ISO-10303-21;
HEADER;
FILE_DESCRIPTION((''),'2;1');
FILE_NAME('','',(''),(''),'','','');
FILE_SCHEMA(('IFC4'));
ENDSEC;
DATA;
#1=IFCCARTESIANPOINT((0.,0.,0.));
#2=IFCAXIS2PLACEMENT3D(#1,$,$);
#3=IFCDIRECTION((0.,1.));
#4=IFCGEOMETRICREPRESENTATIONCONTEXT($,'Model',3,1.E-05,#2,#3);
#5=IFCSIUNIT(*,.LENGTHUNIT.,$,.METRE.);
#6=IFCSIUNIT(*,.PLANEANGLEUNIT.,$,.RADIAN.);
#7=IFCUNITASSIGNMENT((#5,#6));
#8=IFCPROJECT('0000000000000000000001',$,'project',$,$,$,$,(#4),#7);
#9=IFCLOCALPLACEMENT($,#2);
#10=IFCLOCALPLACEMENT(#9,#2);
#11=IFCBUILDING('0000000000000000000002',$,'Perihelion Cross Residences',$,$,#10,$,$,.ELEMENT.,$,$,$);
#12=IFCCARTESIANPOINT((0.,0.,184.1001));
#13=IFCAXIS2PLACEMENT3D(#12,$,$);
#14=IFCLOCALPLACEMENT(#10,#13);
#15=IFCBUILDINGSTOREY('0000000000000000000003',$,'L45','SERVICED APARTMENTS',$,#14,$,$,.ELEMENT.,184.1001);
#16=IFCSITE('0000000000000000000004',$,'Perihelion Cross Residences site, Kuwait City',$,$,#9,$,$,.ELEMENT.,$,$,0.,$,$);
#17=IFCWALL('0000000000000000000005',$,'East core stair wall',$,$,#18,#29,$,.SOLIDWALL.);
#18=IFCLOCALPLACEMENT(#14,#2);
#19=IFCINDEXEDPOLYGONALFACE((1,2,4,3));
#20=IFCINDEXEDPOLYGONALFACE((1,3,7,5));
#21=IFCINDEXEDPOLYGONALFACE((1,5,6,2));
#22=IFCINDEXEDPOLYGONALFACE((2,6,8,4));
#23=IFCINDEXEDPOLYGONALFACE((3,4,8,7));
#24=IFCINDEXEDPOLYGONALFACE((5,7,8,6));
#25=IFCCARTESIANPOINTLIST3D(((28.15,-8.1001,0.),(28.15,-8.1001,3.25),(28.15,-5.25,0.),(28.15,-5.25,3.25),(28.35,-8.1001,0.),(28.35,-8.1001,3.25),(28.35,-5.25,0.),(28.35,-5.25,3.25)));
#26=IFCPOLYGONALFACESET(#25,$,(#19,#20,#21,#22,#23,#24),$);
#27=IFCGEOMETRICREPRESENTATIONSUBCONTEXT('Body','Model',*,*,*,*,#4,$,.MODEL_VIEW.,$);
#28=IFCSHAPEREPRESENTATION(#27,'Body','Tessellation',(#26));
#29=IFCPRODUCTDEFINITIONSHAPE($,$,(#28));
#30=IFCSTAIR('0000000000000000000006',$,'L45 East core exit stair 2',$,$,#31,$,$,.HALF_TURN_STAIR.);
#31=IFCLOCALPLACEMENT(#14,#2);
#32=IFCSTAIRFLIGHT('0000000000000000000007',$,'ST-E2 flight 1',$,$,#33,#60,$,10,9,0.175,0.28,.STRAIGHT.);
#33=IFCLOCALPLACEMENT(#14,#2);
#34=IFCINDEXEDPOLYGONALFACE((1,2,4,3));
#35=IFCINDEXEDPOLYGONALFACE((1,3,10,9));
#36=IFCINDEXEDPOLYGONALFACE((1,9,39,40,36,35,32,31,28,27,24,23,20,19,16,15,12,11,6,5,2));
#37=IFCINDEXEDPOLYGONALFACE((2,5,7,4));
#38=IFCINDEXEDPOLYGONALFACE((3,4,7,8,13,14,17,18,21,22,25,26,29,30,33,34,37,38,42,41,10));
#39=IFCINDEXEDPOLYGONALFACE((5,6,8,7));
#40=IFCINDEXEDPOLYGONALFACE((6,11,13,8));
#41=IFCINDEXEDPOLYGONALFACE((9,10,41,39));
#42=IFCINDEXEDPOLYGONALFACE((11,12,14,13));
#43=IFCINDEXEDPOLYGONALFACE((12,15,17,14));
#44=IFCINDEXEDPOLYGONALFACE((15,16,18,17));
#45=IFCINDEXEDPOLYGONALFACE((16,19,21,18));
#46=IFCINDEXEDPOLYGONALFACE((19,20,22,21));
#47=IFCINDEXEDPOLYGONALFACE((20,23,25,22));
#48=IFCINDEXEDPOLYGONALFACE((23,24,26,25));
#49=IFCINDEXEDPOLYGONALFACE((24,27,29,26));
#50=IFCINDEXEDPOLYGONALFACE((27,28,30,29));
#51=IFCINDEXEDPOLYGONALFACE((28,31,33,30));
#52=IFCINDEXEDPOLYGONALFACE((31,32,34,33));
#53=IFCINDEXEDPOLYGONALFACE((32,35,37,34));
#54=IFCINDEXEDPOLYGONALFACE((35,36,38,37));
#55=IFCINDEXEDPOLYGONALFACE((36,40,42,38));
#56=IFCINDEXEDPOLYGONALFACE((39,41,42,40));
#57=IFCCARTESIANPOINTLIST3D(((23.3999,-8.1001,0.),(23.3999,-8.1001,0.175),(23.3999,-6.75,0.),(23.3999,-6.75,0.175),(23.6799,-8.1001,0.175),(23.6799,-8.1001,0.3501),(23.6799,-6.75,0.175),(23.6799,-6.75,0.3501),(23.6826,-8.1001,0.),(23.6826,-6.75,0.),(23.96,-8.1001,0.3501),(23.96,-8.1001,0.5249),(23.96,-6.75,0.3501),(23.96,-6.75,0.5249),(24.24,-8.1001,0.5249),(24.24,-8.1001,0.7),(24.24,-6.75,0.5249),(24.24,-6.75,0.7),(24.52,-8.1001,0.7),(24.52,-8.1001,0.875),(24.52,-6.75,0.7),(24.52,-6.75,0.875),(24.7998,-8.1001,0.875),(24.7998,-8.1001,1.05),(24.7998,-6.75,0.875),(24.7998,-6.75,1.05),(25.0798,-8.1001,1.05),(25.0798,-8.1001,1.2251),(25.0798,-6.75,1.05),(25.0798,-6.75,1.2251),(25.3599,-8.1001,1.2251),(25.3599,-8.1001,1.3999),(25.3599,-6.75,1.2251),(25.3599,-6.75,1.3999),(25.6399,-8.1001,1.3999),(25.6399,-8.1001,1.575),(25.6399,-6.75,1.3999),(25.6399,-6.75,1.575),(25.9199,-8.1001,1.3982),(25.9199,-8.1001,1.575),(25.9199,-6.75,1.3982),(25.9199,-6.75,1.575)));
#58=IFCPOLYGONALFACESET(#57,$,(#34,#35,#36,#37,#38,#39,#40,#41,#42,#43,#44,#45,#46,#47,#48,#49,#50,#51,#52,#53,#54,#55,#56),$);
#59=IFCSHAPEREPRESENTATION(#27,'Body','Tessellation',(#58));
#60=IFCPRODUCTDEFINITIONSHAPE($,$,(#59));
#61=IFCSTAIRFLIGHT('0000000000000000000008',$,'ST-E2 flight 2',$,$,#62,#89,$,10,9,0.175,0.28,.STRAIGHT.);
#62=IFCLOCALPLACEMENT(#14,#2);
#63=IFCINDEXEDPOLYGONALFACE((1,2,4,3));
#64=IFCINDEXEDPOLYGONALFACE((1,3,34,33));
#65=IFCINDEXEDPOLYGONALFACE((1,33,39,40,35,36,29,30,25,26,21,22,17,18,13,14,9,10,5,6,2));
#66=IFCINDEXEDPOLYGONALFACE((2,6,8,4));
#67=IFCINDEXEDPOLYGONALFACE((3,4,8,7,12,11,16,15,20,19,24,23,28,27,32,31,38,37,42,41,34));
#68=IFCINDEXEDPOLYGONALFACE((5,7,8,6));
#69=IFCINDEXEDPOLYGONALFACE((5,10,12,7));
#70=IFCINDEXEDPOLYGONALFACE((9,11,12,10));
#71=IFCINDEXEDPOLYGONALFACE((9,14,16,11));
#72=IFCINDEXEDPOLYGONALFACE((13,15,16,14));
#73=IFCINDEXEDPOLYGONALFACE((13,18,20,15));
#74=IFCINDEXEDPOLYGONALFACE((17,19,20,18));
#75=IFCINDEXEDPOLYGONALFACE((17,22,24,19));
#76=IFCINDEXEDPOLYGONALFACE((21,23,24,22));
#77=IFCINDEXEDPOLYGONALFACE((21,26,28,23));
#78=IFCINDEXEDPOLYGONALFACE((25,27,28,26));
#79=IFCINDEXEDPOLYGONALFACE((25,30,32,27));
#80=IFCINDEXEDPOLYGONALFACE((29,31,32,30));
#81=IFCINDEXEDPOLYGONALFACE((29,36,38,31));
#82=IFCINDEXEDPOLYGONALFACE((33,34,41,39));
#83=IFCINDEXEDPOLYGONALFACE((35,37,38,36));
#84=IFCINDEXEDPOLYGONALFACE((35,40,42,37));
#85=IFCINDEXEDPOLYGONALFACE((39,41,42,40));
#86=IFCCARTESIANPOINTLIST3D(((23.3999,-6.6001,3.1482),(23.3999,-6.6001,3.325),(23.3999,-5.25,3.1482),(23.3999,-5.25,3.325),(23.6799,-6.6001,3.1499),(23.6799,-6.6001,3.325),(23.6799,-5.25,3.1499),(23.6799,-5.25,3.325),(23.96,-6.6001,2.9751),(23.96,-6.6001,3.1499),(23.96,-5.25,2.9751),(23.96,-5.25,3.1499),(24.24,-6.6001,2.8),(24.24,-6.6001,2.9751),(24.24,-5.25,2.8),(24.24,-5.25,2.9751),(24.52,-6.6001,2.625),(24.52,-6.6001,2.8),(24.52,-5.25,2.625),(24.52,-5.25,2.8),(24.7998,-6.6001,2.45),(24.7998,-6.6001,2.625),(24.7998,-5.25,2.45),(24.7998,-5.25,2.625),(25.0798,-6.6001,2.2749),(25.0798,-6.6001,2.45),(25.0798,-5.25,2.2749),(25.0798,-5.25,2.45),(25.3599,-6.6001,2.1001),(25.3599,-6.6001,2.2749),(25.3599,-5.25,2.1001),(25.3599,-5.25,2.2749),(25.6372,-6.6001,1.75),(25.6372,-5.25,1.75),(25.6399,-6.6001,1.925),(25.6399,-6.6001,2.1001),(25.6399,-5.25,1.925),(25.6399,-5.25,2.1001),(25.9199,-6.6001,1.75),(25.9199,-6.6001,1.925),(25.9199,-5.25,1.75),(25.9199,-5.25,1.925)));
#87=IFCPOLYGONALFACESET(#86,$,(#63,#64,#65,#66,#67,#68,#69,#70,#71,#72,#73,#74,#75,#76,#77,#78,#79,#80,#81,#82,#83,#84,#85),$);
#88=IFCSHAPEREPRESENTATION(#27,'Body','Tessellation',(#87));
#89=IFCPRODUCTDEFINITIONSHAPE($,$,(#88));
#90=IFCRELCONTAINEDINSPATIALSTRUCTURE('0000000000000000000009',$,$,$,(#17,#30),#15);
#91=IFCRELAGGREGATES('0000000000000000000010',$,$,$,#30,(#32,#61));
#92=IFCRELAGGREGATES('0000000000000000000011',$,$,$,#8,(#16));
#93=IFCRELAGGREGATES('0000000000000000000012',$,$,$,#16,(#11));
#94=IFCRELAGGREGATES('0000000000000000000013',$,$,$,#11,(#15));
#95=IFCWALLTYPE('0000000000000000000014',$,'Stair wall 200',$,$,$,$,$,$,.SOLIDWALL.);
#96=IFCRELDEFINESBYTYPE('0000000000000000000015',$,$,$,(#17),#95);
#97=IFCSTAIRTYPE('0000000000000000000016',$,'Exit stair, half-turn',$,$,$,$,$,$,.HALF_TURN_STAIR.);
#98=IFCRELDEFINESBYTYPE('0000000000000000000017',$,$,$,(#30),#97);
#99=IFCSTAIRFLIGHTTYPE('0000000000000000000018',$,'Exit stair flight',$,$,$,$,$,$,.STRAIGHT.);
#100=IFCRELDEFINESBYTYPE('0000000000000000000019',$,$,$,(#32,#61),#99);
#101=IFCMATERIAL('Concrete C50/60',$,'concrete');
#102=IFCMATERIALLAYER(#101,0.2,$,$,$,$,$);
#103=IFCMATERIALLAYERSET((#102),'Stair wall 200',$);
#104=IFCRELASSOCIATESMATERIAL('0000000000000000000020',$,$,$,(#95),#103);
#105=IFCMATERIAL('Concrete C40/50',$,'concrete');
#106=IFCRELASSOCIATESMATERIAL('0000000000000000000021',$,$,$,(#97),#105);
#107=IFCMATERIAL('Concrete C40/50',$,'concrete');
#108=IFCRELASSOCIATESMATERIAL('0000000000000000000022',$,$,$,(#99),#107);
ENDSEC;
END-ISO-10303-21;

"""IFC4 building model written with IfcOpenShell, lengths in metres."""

from ifc_helpers import new_model, si_unit, direction, frame, frame_2d, origin, place, context, subcontext, project, spatial, polyline, rectangle, outline, extrude, material, layer, layer_set, type_object, element, aggregate, save


model = new_model("IFC4")

# Units and contexts
model_context = context("Model", 3, precision=1e-05, world=origin(), true_north=direction((0.0, 1.0)))
body_context = subcontext(model_context, "Body", "Model", "MODEL_VIEW")
ifc_project = project(units=[si_unit("LENGTHUNIT", "METRE"), si_unit("PLANEANGLEUNIT", "RADIAN")], contexts=[model_context])

# Site, building, storey
site_placement = place(None, origin())
site = spatial("IfcSite", under=ifc_project, at=site_placement, Name="Perihelion Cross Residences site, Kuwait City", CompositionType="ELEMENT", RefElevation=0.0)
building_placement = place(site_placement, origin())
building = spatial("IfcBuilding", under=site, at=building_placement, Name="Perihelion Cross Residences", CompositionType="ELEMENT")
storey_placement = place(building_placement, frame((0.0, 0.0, 184.1001)))
storey = spatial("IfcBuildingStorey", under=building, at=storey_placement, Name="L45", Description="SERVICED APARTMENTS", CompositionType="ELEMENT", Elevation=184.1001)

# Shared definitions
ifc_material_1 = material(Name="Concrete C50/60", Category="concrete")
ifc_layer_1 = layer(ifc_material_1, 0.2)
ifc_layer_set_1 = layer_set([ifc_layer_1], Name="Stair wall 200")
wall_type_1 = type_object("IfcWallType", Name="Stair wall 200", PredefinedType="SOLIDWALL", material=ifc_layer_set_1)

# Wall
wall_1_placement = place(storey_placement, frame((28.25, -8.1001, 0.0), z_axis=(0.0, 0.0, 1.0), x_axis=(0.0, 1.0, 0.0)))
element("IfcWall", 1, at=wall_1_placement, inside=storey, type_object=wall_type_1, Name="East core stair wall", PredefinedType="SOLIDWALL", context=body_context, shape_type="SweptSolid", body=[
    extrude(rectangle(XDim=2.8501, YDim=0.2, at=frame_2d((1.425, 0.0))), origin(), (0.0, 0.0, 1.0), 3.25),
])

# Stair, stair flights
ifc_material_2 = material(Name="Concrete C40/50", Category="concrete")
stair_type = type_object("IfcStairType", Name="Exit stair, half-turn", PredefinedType="HALF_TURN_STAIR", material=ifc_material_2)
stair_placement = place(storey_placement, origin())
stair = element("IfcStair", 2, at=stair_placement, inside=storey, type_object=stair_type, Name="L45 East core exit stair 2", PredefinedType="HALF_TURN_STAIR")
ifc_material_3 = material(Name="Concrete C40/50", Category="concrete")
stair_flight_type = type_object("IfcStairFlightType", Name="Exit stair flight", PredefinedType="STRAIGHT", material=ifc_material_3)
stair_flight_1_placement = place(storey_placement, frame((23.3999, -7.425, 0.0), z_axis=(0.0, 0.0, 1.0), x_axis=(1.0, 0.0, 0.0)))
stair_flight_1 = element("IfcStairFlight", 3, at=stair_flight_1_placement, type_object=stair_flight_type, Name="ST-E2 flight 1", NumberOfRisers=10, NumberOfTreads=9, PredefinedType="STRAIGHT", RiserHeight=0.175, TreadLength=0.28, context=body_context, shape_type="SweptSolid", body=[
    extrude(outline(polyline([(0.0, 0.0), (0.0, 0.175), (0.28, 0.175), (0.28, 0.3501), (0.5601, 0.3501), (0.5601, 0.5249), (0.8401, 0.5249), (0.8401, 0.7), (1.1201, 0.7), (1.1201, 0.875), (1.3999, 0.875), (1.3999, 1.05), (1.6799, 1.05), (1.6799, 1.2251), (1.96, 1.2251), (1.96, 1.3999), (2.24, 1.3999), (2.24, 1.575), (2.52, 1.575), (2.52, 1.75), (2.52, 1.3982), (0.2827, 0.0), (0.0, 0.0)])), frame((0.0, 0.675, 0.0), z_axis=(0.0, -1.0, 0.0), x_axis=(1.0, 0.0, 0.0)), (0.0, 0.0, 1.0), 1.3501),
])
stair_flight_2_placement = place(storey_placement, frame((25.9199, -5.925, 1.75), z_axis=(0.0, 0.0, 1.0), x_axis=(-1.0, 0.0, 0.0)))
stair_flight_2 = element("IfcStairFlight", 4, at=stair_flight_2_placement, type_object=stair_flight_type, Name="ST-E2 flight 2", NumberOfRisers=10, NumberOfTreads=9, PredefinedType="STRAIGHT", RiserHeight=0.175, TreadLength=0.28, context=body_context, shape_type="SweptSolid", body=[
    extrude(outline(polyline([(0.0, 0.0), (0.0, 0.175), (0.28, 0.175), (0.28, 0.3501), (0.5601, 0.3501), (0.5601, 0.5249), (0.8401, 0.5249), (0.8401, 0.7), (1.1201, 0.7), (1.1201, 0.875), (1.3999, 0.875), (1.3999, 1.05), (1.6799, 1.05), (1.6799, 1.2251), (1.96, 1.2251), (1.96, 1.3999), (2.24, 1.3999), (2.24, 1.575), (2.52, 1.575), (2.52, 1.75), (2.52, 1.3982), (0.2827, 0.0), (0.0, 0.0)])), frame((0.0, 0.675, 0.0), z_axis=(0.0, -1.0, 0.0), x_axis=(1.0, 0.0, 0.0)), (0.0, 0.0, 1.0), 1.3501),
])
aggregate(stair, [stair_flight_1, stair_flight_2])

save(model, "model.ifc")
